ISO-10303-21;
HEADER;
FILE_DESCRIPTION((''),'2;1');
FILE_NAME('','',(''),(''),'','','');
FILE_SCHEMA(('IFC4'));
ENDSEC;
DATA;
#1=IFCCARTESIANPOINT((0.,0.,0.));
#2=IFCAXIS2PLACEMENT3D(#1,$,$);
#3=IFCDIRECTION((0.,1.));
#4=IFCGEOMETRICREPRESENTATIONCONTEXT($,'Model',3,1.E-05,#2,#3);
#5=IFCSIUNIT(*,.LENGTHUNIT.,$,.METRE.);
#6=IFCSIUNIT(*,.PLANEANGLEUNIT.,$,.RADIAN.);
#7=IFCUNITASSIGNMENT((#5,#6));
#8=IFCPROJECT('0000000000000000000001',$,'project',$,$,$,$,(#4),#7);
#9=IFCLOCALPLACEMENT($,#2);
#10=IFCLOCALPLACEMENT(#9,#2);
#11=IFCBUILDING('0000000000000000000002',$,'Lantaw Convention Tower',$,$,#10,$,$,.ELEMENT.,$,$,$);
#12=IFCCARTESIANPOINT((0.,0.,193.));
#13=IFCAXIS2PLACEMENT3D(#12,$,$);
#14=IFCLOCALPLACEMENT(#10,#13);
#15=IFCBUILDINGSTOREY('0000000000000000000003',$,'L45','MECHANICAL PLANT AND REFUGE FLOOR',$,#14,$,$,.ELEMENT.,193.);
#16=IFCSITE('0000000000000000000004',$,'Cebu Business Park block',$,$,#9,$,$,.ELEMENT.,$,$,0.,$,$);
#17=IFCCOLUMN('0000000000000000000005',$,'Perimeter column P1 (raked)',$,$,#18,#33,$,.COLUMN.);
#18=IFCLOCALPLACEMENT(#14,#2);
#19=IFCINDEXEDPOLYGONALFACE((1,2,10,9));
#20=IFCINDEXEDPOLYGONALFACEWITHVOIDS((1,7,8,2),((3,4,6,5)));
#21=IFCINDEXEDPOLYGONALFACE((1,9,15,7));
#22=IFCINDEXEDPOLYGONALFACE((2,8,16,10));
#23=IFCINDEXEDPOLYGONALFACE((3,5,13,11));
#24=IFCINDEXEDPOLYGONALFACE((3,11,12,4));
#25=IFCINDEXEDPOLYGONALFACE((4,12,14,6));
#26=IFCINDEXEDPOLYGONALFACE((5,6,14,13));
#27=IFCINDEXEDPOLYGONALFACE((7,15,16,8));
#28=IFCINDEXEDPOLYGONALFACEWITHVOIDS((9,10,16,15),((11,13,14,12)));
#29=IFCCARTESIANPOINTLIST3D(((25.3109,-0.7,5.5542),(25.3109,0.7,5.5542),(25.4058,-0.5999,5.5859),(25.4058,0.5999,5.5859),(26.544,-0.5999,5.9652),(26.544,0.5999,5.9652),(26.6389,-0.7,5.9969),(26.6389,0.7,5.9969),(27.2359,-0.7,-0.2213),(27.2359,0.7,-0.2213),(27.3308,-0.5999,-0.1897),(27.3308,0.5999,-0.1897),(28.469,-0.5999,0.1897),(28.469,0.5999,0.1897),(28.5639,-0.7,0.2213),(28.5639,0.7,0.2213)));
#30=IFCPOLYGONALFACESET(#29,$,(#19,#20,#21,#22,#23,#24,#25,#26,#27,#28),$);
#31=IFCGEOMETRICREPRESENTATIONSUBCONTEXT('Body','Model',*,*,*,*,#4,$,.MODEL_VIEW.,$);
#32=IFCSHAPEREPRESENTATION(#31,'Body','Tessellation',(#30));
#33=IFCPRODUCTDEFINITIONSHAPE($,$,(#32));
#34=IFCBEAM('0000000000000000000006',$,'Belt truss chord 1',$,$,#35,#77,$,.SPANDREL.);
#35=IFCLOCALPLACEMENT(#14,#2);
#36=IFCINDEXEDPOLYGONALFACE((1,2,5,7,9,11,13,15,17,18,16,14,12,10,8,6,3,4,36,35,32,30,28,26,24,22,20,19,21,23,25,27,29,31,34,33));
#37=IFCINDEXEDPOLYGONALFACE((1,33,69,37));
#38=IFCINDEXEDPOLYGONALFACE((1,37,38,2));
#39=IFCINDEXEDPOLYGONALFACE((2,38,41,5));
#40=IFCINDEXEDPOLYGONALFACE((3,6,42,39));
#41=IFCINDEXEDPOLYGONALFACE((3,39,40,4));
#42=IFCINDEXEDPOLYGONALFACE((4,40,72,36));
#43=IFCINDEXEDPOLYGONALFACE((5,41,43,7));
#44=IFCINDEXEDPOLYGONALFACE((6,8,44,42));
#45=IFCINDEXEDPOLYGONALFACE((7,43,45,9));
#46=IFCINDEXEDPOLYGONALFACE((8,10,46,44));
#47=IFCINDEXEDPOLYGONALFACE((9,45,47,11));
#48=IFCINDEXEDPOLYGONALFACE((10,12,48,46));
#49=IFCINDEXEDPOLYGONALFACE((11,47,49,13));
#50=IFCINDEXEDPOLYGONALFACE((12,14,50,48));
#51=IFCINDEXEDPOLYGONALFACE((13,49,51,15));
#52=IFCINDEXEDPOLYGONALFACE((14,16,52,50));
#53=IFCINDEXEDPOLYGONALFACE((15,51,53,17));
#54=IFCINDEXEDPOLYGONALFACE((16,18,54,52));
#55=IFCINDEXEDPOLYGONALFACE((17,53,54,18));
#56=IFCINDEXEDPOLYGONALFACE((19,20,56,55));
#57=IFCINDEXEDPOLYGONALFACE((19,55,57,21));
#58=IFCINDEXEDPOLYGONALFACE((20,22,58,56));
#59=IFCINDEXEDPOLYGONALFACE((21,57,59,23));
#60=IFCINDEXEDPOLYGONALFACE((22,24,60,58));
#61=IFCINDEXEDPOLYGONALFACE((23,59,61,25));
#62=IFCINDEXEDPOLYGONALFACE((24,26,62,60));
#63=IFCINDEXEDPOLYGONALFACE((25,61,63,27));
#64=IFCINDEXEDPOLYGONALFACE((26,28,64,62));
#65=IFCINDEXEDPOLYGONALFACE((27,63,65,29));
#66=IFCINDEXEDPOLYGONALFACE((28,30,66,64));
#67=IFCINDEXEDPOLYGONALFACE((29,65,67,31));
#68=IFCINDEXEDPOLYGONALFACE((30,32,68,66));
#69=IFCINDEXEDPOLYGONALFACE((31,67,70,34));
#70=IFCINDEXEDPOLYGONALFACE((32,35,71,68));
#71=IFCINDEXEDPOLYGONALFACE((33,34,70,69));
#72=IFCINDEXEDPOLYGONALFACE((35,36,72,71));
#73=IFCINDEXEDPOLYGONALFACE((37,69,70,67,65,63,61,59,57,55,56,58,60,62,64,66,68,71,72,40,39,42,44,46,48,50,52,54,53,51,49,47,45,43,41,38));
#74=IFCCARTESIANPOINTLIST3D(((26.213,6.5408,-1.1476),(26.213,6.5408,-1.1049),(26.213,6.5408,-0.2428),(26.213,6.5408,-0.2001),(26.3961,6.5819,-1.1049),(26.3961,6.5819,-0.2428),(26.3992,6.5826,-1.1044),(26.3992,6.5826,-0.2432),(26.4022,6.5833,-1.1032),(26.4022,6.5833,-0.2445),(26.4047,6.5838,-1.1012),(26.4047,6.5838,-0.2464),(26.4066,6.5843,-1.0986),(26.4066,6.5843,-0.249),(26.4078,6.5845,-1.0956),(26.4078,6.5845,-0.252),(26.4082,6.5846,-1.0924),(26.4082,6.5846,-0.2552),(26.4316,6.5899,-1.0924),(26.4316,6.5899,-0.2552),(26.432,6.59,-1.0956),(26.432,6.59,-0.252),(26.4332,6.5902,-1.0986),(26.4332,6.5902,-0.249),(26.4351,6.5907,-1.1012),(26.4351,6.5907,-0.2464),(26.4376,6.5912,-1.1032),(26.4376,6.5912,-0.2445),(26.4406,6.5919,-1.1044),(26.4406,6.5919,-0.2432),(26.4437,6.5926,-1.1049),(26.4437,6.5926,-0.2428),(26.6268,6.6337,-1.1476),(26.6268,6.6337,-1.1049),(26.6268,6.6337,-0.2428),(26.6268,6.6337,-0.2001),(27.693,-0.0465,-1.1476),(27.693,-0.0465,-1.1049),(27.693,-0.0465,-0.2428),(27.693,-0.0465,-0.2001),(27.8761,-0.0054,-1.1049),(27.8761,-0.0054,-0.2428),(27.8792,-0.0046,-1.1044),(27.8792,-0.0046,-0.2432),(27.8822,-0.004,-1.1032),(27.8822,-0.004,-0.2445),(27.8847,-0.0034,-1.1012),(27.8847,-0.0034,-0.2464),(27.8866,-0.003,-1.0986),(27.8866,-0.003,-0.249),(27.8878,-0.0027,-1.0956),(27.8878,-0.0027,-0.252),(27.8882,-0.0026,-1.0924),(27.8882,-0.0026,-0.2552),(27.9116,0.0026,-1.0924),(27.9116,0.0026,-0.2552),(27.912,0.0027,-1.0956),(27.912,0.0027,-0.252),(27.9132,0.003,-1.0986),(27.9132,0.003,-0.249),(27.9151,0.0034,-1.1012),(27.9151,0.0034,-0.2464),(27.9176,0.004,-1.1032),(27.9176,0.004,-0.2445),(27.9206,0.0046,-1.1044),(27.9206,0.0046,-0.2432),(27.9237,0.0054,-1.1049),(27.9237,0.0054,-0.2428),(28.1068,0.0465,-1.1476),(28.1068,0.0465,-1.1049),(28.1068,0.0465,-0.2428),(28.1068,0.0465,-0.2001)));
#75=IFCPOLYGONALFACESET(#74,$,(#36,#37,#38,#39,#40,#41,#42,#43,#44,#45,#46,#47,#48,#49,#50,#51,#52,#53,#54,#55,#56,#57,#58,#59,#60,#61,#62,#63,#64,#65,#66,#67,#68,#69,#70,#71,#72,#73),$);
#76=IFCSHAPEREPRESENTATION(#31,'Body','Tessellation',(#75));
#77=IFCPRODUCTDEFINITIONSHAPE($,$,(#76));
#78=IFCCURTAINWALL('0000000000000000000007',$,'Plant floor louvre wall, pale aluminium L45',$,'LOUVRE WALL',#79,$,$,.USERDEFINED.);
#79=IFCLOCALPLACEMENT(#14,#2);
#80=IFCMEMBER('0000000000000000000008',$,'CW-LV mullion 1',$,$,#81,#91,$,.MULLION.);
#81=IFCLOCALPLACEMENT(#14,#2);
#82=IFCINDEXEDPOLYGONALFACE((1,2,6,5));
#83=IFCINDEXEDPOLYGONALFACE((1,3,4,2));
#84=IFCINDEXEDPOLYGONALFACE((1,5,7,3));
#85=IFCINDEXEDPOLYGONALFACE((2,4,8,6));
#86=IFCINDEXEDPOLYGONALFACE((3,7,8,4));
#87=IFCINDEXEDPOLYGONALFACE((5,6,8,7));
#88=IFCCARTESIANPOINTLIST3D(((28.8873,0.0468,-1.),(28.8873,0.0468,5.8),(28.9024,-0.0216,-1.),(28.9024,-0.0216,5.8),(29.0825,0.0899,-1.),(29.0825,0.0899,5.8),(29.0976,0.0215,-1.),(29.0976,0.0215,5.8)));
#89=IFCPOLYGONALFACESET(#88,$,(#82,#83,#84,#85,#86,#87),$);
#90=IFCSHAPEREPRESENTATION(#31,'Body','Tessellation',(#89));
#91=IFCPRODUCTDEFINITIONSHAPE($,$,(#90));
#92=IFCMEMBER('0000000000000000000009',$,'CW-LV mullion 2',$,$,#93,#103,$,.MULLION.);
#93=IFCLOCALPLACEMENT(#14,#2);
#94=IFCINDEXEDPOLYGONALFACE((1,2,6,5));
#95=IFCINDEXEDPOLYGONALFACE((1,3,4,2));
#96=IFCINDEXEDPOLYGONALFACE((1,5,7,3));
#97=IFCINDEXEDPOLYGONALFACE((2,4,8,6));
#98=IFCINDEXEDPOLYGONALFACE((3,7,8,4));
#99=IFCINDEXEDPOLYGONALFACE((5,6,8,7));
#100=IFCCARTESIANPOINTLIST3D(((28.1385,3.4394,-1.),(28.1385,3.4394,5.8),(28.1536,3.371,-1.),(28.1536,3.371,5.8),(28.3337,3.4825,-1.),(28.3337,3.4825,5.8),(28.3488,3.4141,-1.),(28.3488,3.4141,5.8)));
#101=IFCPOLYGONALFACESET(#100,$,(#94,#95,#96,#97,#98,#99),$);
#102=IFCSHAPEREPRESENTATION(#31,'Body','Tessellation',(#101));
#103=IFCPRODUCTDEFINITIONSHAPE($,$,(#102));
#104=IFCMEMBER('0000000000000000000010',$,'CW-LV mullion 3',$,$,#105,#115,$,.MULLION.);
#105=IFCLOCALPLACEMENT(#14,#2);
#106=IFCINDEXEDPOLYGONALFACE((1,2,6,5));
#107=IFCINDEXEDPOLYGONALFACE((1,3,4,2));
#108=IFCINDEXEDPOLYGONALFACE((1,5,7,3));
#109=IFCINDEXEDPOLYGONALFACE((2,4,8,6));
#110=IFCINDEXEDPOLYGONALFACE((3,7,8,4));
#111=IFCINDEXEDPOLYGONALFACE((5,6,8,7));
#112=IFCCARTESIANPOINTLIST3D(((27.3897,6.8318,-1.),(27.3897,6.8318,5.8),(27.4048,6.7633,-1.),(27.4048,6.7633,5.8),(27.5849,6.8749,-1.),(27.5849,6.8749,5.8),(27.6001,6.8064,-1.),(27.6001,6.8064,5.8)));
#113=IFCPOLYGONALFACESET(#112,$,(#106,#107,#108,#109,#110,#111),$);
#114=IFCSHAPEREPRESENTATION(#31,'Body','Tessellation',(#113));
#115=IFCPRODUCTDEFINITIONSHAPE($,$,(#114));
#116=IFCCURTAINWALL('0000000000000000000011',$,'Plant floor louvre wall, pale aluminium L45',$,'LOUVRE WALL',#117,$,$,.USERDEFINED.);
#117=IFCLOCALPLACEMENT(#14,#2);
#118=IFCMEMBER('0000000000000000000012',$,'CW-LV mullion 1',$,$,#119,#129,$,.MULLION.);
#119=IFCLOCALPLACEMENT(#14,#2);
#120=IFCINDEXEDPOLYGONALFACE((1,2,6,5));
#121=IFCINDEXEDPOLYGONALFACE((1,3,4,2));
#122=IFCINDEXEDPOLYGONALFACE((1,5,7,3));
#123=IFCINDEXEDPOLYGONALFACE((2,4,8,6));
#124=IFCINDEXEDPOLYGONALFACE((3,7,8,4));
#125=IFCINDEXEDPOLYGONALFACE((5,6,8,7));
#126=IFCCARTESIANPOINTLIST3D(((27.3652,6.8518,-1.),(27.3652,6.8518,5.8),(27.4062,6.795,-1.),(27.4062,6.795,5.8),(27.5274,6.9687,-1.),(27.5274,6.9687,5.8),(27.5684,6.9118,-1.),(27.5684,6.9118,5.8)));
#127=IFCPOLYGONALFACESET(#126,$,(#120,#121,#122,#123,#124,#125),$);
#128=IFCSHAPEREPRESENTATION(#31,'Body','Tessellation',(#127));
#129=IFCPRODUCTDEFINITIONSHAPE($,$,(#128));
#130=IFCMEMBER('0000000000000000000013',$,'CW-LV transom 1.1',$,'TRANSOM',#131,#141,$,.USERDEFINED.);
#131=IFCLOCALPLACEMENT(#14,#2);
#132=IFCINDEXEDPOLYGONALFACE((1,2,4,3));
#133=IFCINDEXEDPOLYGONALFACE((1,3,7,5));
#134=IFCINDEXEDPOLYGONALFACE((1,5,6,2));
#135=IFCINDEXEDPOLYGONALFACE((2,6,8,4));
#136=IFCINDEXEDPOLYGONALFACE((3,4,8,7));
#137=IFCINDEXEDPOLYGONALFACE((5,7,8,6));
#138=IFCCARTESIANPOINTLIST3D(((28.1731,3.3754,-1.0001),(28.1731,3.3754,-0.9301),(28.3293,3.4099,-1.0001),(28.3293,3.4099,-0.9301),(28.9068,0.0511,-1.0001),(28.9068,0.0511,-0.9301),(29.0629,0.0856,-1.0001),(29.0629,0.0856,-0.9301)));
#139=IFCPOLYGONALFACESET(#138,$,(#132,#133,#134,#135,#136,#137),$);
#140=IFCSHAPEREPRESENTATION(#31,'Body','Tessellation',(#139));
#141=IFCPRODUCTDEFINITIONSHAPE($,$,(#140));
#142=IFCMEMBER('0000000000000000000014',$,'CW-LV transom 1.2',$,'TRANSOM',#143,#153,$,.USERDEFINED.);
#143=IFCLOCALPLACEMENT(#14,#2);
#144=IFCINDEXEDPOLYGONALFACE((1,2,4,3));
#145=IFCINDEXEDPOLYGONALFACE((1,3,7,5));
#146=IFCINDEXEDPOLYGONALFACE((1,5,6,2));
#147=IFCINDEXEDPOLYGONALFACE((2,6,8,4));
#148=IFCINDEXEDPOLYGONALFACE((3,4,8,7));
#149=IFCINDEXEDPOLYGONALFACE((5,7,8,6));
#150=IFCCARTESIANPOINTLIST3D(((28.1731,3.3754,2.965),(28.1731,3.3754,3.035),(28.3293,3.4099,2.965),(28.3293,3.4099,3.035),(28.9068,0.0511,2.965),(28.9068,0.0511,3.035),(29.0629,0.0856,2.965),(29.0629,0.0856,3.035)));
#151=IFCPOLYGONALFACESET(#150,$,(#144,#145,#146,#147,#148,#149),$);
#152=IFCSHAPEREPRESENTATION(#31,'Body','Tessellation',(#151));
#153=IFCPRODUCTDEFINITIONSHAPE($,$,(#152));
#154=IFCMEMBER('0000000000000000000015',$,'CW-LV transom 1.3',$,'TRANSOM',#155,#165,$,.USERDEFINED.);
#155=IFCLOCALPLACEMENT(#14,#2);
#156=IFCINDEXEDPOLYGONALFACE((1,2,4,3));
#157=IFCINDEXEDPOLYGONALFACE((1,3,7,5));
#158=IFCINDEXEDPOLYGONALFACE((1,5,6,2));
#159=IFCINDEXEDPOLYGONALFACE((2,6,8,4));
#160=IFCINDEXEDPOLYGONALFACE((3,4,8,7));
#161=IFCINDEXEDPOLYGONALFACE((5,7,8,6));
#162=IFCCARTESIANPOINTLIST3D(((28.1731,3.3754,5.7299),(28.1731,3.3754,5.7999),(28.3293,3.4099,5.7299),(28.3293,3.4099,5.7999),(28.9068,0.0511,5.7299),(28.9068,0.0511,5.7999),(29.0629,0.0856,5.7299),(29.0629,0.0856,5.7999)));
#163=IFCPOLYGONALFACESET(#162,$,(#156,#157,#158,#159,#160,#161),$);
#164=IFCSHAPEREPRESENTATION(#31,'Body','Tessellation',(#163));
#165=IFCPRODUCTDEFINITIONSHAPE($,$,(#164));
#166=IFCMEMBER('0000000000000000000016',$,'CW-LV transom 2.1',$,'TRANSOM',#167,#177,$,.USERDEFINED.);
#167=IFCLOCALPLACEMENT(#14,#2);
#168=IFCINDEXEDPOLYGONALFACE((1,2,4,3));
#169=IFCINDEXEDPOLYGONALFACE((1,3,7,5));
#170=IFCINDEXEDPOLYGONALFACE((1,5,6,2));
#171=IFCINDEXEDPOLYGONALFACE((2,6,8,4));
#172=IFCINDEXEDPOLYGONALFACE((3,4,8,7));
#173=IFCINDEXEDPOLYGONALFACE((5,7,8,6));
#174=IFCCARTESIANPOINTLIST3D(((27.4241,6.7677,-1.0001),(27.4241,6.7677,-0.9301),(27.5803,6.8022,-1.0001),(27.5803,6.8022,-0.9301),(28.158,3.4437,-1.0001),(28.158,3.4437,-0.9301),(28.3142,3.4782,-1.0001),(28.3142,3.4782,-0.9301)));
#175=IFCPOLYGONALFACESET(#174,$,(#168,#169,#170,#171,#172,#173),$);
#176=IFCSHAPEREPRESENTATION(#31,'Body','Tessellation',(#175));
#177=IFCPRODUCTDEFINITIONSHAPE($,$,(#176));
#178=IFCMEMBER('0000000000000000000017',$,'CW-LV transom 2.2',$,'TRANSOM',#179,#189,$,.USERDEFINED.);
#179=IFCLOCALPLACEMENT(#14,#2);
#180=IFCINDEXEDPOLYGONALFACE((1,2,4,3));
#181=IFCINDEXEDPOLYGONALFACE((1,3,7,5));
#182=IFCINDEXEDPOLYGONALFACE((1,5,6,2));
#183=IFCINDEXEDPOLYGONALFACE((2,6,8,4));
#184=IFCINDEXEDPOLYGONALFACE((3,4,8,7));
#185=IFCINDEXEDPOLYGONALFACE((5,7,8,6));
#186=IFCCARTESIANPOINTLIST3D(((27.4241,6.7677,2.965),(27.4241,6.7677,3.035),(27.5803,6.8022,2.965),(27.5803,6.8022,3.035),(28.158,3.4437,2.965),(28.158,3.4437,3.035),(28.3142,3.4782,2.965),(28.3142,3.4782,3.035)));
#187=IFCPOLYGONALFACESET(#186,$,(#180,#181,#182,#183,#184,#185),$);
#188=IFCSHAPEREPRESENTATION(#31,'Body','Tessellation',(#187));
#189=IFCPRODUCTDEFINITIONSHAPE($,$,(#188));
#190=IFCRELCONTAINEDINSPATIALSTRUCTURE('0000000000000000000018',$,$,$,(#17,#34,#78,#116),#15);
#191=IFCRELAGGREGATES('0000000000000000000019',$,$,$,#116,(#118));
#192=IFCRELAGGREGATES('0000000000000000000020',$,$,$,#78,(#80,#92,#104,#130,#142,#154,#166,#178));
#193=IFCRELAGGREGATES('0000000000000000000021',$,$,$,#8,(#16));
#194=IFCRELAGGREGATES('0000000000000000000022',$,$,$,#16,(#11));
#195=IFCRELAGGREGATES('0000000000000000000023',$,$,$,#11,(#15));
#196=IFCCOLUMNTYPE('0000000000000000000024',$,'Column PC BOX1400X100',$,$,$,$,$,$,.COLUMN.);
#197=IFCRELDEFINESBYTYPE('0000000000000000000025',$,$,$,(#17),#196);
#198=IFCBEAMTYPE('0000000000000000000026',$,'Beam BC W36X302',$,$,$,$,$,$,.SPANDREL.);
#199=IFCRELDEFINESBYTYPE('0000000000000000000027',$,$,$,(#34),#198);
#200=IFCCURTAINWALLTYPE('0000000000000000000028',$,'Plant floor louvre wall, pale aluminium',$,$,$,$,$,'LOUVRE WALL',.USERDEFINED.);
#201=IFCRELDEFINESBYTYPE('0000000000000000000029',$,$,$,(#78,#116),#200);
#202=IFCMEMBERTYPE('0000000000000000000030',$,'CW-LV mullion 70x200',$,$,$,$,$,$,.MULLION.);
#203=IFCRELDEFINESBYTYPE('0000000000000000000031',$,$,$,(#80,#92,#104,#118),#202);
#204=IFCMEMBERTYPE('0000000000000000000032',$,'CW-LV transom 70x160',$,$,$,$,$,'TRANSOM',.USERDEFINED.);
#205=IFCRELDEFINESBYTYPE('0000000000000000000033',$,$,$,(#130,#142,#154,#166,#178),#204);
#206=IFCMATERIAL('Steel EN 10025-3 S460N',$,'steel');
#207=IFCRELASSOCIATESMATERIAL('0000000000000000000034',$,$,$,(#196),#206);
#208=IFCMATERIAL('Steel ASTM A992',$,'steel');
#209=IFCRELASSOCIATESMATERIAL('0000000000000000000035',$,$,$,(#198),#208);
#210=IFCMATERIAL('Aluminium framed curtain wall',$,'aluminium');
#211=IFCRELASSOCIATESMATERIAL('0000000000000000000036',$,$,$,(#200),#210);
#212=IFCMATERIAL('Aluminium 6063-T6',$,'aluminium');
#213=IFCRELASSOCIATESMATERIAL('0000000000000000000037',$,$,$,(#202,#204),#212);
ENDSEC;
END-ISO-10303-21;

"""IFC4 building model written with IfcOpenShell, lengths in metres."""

from ifc_helpers import new_model, si_unit, direction, frame, origin, origin_2d, place, context, subcontext, project, spatial, rectangle, hollow_rectangle, i_section, extrude, material, material_profile, profile_set, type_object, element, aggregate, save


model = new_model("IFC4")

# Units and contexts
model_context = context("Model", 3, precision=1e-05, world=origin(), true_north=direction((0.0, 1.0)))
body_context = subcontext(model_context, "Body", "Model", "MODEL_VIEW")
ifc_project = project(units=[si_unit("LENGTHUNIT", "METRE"), si_unit("PLANEANGLEUNIT", "RADIAN")], contexts=[model_context])

# Site, building, storey
site_placement = place(None, origin())
site = spatial("IfcSite", under=ifc_project, at=site_placement, Name="Cebu Business Park block", CompositionType="ELEMENT", RefElevation=0.0)
building_placement = place(site_placement, origin())
building = spatial("IfcBuilding", under=site, at=building_placement, Name="Lantaw Convention Tower", CompositionType="ELEMENT")
storey_placement = place(building_placement, frame((0.0, 0.0, 193.0)))
storey = spatial("IfcBuildingStorey", under=building, at=storey_placement, Name="L45", Description="MECHANICAL PLANT AND REFUGE FLOOR", CompositionType="ELEMENT", Elevation=193.0)

# Column
ifc_material_1 = material(Name="Steel EN 10025-3 S460N", Category="steel")
ifc_material_profile_1 = material_profile(ifc_material_1, hollow_rectangle(XDim=1.3999, YDim=1.3999, WallThickness=0.1001, at=origin_2d()), Name="BOX1400X100")
ifc_material_2 = material(Name="Concrete C60/75", Category="concrete")
ifc_material_profile_2 = material_profile(ifc_material_2, rectangle(XDim=1.2, YDim=1.2, at=origin_2d()), Name="Concrete fill of BOX1400X100")
ifc_profile_set_1 = profile_set([ifc_material_profile_1, ifc_material_profile_2], Name="Steel EN 10025-3 S460N")
column_type = type_object("IfcColumnType", Name="Column PC BOX1400X100", PredefinedType="COLUMN", material=ifc_profile_set_1)
column_placement = place(storey_placement, frame((27.8999, 0.0, 0.0), z_axis=(-0.316204, 0.0, 0.948691), x_axis=(0.0, -1.0, 0.0)))
element("IfcColumn", 1, at=column_placement, inside=storey, type_object=column_type, Name="Perimeter column P1 (raked)", PredefinedType="COLUMN", context=body_context, shape_type="SweptSolid", body=[
    extrude(hollow_rectangle(XDim=1.3999, YDim=1.3999, WallThickness=0.1001, at=origin_2d()), origin(), (0.0, 0.0, 1.0), 6.0879),
])

# Beam
ifc_material_3 = material(Name="Steel ASTM A992", Category="steel")
ifc_material_profile_3 = material_profile(ifc_material_3, i_section(OverallWidth=0.4241, OverallDepth=0.9475, WebThickness=0.0239, FlangeThickness=0.0427, FilletRadius=0.0125, at=origin_2d()), Name="W36X302")
ifc_profile_set_2 = profile_set([ifc_material_profile_3], Name="Steel ASTM A992")
beam_type = type_object("IfcBeamType", Name="Beam BC W36X302", PredefinedType="SPANDREL", material=ifc_profile_set_2)
beam_placement = place(storey_placement, frame((27.8999, 0.0, -0.6738), z_axis=(-0.219212, 0.975677, 0.0), x_axis=(-0.975677, -0.219212, 0.0)))
element("IfcBeam", 2, at=beam_placement, inside=storey, type_object=beam_type, Name="Belt truss chord 1", PredefinedType="SPANDREL", context=body_context, shape_type="SweptSolid", body=[
    extrude(i_section(OverallWidth=0.4241, OverallDepth=0.9475, WebThickness=0.0239, FlangeThickness=0.0427, FilletRadius=0.0125, at=origin_2d()), origin(), (0.0, 0.0, 1.0), 6.7515),
])

# Curtain wall, members
ifc_material_4 = material(Name="Aluminium framed curtain wall", Category="aluminium")
curtain_wall_type = type_object("IfcCurtainWallType", Name="Plant floor louvre wall, pale aluminium", ElementType="LOUVRE WALL", PredefinedType="USERDEFINED", material=ifc_material_4)
curtain_wall_1_placement = place(storey_placement, origin())
curtain_wall_1 = element("IfcCurtainWall", 3, at=curtain_wall_1_placement, inside=storey, type_object=curtain_wall_type, Name="Plant floor louvre wall, pale aluminium L45", ObjectType="LOUVRE WALL", PredefinedType="USERDEFINED")
ifc_material_5 = material(Name="Aluminium 6063-T6", Category="aluminium")
ifc_material_profile_4 = material_profile(ifc_material_5, rectangle(XDim=0.2, YDim=0.0701, at=origin_2d()), Name="CW-LV mullion 70x200")
ifc_profile_set_3 = profile_set([ifc_material_profile_4], Name="Aluminium 6063-T6")
member_type_1 = type_object("IfcMemberType", Name="CW-LV mullion 70x200", PredefinedType="MULLION", material=ifc_profile_set_3)
member_1_placement = place(storey_placement, frame((28.9924, 0.0342, -1.0), z_axis=(0.0, 0.0, 1.0), x_axis=(-0.976494, -0.215546, 0.0)))
member_1 = element("IfcMember", 4, at=member_1_placement, type_object=member_type_1, Name="CW-LV mullion 1", PredefinedType="MULLION", context=body_context, shape_type="SweptSolid", body=[
    extrude(rectangle(XDim=0.2, YDim=0.0701, at=origin_2d()), origin(), (0.0, 0.0, 1.0), 6.8),
])
member_2_placement = place(storey_placement, frame((28.2437, 3.4268, -1.0), z_axis=(0.0, 0.0, 1.0), x_axis=(-0.976494, -0.215546, 0.0)))
member_2 = element("IfcMember", 5, at=member_2_placement, type_object=member_type_1, Name="CW-LV mullion 2", PredefinedType="MULLION", context=body_context, shape_type="SweptSolid", body=[
    extrude(rectangle(XDim=0.2, YDim=0.0701, at=origin_2d()), origin(), (0.0, 0.0, 1.0), 6.8),
])
member_3_placement = place(storey_placement, frame((27.4949, 6.8191, -1.0), z_axis=(0.0, 0.0, 1.0), x_axis=(-0.976494, -0.215546, 0.0)))
member_3 = element("IfcMember", 6, at=member_3_placement, type_object=member_type_1, Name="CW-LV mullion 3", PredefinedType="MULLION", context=body_context, shape_type="SweptSolid", body=[
    extrude(rectangle(XDim=0.2, YDim=0.0701, at=origin_2d()), origin(), (0.0, 0.0, 1.0), 6.8),
])

# Curtain wall, member
curtain_wall_2_placement = place(storey_placement, origin())
curtain_wall_2 = element("IfcCurtainWall", 7, at=curtain_wall_2_placement, inside=storey, type_object=curtain_wall_type, Name="Plant floor louvre wall, pale aluminium L45", ObjectType="LOUVRE WALL", PredefinedType="USERDEFINED")
member_4_placement = place(storey_placement, frame((27.4668, 6.8818, -1.0), z_axis=(0.0, 0.0, 1.0), x_axis=(-0.811385, -0.584513, 0.0)))
member_4 = element("IfcMember", 8, at=member_4_placement, type_object=member_type_1, Name="CW-LV mullion 1", PredefinedType="MULLION", context=body_context, shape_type="SweptSolid", body=[
    extrude(rectangle(XDim=0.2, YDim=0.0701, at=origin_2d()), origin(), (0.0, 0.0, 1.0), 6.8),
])
aggregate(curtain_wall_2, [member_4])

# Members
ifc_material_profile_5 = material_profile(ifc_material_5, rectangle(XDim=0.1599, YDim=0.0701, at=origin_2d()), Name="CW-LV transom 70x160")
ifc_profile_set_4 = profile_set([ifc_material_profile_5], Name="Aluminium 6063-T6")
member_type_2 = type_object("IfcMemberType", Name="CW-LV transom 70x160", ElementType="TRANSOM", PredefinedType="USERDEFINED", material=ifc_profile_set_4)
member_5_placement = place(storey_placement, frame((28.9849, 0.0684, -0.9651), z_axis=(-0.21551, 0.976502, 0.0), x_axis=(-0.976502, -0.21551, 0.0)))
member_5 = element("IfcMember", 9, at=member_5_placement, type_object=member_type_2, Name="CW-LV transom 1.1", ObjectType="TRANSOM", PredefinedType="USERDEFINED", context=body_context, shape_type="SweptSolid", body=[
    extrude(rectangle(XDim=0.1599, YDim=0.0701, at=origin_2d()), origin(), (0.0, 0.0, 1.0), 3.4043),
])
member_6_placement = place(storey_placement, frame((28.9849, 0.0684, 3.0), z_axis=(-0.21551, 0.976502, 0.0), x_axis=(-0.976502, -0.21551, 0.0)))
member_6 = element("IfcMember", 10, at=member_6_placement, type_object=member_type_2, Name="CW-LV transom 1.2", ObjectType="TRANSOM", PredefinedType="USERDEFINED", context=body_context, shape_type="SweptSolid", body=[
    extrude(rectangle(XDim=0.1599, YDim=0.0701, at=origin_2d()), origin(), (0.0, 0.0, 1.0), 3.4043),
])
member_7_placement = place(storey_placement, frame((28.9849, 0.0684, 5.7649), z_axis=(-0.21551, 0.976502, 0.0), x_axis=(-0.976502, -0.21551, 0.0)))
member_7 = element("IfcMember", 11, at=member_7_placement, type_object=member_type_2, Name="CW-LV transom 1.3", ObjectType="TRANSOM", PredefinedType="USERDEFINED", context=body_context, shape_type="SweptSolid", body=[
    extrude(rectangle(XDim=0.1599, YDim=0.0701, at=origin_2d()), origin(), (0.0, 0.0, 1.0), 3.4043),
])
member_8_placement = place(storey_placement, frame((28.2361, 3.4609, -0.9651), z_axis=(-0.215594, 0.976483, 0.0), x_axis=(-0.976483, -0.215594, 0.0)))
member_8 = element("IfcMember", 12, at=member_8_placement, type_object=member_type_2, Name="CW-LV transom 2.1", ObjectType="TRANSOM", PredefinedType="USERDEFINED", context=body_context, shape_type="SweptSolid", body=[
    extrude(rectangle(XDim=0.1599, YDim=0.0701, at=origin_2d()), origin(), (0.0, 0.0, 1.0), 3.4041),
])
member_9_placement = place(storey_placement, frame((28.2361, 3.4609, 3.0), z_axis=(-0.215594, 0.976483, 0.0), x_axis=(-0.976483, -0.215594, 0.0)))
member_9 = element("IfcMember", 13, at=member_9_placement, type_object=member_type_2, Name="CW-LV transom 2.2", ObjectType="TRANSOM", PredefinedType="USERDEFINED", context=body_context, shape_type="SweptSolid", body=[
    extrude(rectangle(XDim=0.1599, YDim=0.0701, at=origin_2d()), origin(), (0.0, 0.0, 1.0), 3.4041),
])

aggregate(curtain_wall_1, [member_1, member_2, member_3, member_5, member_6, member_7, member_8, member_9])

save(model, "model.ifc")
